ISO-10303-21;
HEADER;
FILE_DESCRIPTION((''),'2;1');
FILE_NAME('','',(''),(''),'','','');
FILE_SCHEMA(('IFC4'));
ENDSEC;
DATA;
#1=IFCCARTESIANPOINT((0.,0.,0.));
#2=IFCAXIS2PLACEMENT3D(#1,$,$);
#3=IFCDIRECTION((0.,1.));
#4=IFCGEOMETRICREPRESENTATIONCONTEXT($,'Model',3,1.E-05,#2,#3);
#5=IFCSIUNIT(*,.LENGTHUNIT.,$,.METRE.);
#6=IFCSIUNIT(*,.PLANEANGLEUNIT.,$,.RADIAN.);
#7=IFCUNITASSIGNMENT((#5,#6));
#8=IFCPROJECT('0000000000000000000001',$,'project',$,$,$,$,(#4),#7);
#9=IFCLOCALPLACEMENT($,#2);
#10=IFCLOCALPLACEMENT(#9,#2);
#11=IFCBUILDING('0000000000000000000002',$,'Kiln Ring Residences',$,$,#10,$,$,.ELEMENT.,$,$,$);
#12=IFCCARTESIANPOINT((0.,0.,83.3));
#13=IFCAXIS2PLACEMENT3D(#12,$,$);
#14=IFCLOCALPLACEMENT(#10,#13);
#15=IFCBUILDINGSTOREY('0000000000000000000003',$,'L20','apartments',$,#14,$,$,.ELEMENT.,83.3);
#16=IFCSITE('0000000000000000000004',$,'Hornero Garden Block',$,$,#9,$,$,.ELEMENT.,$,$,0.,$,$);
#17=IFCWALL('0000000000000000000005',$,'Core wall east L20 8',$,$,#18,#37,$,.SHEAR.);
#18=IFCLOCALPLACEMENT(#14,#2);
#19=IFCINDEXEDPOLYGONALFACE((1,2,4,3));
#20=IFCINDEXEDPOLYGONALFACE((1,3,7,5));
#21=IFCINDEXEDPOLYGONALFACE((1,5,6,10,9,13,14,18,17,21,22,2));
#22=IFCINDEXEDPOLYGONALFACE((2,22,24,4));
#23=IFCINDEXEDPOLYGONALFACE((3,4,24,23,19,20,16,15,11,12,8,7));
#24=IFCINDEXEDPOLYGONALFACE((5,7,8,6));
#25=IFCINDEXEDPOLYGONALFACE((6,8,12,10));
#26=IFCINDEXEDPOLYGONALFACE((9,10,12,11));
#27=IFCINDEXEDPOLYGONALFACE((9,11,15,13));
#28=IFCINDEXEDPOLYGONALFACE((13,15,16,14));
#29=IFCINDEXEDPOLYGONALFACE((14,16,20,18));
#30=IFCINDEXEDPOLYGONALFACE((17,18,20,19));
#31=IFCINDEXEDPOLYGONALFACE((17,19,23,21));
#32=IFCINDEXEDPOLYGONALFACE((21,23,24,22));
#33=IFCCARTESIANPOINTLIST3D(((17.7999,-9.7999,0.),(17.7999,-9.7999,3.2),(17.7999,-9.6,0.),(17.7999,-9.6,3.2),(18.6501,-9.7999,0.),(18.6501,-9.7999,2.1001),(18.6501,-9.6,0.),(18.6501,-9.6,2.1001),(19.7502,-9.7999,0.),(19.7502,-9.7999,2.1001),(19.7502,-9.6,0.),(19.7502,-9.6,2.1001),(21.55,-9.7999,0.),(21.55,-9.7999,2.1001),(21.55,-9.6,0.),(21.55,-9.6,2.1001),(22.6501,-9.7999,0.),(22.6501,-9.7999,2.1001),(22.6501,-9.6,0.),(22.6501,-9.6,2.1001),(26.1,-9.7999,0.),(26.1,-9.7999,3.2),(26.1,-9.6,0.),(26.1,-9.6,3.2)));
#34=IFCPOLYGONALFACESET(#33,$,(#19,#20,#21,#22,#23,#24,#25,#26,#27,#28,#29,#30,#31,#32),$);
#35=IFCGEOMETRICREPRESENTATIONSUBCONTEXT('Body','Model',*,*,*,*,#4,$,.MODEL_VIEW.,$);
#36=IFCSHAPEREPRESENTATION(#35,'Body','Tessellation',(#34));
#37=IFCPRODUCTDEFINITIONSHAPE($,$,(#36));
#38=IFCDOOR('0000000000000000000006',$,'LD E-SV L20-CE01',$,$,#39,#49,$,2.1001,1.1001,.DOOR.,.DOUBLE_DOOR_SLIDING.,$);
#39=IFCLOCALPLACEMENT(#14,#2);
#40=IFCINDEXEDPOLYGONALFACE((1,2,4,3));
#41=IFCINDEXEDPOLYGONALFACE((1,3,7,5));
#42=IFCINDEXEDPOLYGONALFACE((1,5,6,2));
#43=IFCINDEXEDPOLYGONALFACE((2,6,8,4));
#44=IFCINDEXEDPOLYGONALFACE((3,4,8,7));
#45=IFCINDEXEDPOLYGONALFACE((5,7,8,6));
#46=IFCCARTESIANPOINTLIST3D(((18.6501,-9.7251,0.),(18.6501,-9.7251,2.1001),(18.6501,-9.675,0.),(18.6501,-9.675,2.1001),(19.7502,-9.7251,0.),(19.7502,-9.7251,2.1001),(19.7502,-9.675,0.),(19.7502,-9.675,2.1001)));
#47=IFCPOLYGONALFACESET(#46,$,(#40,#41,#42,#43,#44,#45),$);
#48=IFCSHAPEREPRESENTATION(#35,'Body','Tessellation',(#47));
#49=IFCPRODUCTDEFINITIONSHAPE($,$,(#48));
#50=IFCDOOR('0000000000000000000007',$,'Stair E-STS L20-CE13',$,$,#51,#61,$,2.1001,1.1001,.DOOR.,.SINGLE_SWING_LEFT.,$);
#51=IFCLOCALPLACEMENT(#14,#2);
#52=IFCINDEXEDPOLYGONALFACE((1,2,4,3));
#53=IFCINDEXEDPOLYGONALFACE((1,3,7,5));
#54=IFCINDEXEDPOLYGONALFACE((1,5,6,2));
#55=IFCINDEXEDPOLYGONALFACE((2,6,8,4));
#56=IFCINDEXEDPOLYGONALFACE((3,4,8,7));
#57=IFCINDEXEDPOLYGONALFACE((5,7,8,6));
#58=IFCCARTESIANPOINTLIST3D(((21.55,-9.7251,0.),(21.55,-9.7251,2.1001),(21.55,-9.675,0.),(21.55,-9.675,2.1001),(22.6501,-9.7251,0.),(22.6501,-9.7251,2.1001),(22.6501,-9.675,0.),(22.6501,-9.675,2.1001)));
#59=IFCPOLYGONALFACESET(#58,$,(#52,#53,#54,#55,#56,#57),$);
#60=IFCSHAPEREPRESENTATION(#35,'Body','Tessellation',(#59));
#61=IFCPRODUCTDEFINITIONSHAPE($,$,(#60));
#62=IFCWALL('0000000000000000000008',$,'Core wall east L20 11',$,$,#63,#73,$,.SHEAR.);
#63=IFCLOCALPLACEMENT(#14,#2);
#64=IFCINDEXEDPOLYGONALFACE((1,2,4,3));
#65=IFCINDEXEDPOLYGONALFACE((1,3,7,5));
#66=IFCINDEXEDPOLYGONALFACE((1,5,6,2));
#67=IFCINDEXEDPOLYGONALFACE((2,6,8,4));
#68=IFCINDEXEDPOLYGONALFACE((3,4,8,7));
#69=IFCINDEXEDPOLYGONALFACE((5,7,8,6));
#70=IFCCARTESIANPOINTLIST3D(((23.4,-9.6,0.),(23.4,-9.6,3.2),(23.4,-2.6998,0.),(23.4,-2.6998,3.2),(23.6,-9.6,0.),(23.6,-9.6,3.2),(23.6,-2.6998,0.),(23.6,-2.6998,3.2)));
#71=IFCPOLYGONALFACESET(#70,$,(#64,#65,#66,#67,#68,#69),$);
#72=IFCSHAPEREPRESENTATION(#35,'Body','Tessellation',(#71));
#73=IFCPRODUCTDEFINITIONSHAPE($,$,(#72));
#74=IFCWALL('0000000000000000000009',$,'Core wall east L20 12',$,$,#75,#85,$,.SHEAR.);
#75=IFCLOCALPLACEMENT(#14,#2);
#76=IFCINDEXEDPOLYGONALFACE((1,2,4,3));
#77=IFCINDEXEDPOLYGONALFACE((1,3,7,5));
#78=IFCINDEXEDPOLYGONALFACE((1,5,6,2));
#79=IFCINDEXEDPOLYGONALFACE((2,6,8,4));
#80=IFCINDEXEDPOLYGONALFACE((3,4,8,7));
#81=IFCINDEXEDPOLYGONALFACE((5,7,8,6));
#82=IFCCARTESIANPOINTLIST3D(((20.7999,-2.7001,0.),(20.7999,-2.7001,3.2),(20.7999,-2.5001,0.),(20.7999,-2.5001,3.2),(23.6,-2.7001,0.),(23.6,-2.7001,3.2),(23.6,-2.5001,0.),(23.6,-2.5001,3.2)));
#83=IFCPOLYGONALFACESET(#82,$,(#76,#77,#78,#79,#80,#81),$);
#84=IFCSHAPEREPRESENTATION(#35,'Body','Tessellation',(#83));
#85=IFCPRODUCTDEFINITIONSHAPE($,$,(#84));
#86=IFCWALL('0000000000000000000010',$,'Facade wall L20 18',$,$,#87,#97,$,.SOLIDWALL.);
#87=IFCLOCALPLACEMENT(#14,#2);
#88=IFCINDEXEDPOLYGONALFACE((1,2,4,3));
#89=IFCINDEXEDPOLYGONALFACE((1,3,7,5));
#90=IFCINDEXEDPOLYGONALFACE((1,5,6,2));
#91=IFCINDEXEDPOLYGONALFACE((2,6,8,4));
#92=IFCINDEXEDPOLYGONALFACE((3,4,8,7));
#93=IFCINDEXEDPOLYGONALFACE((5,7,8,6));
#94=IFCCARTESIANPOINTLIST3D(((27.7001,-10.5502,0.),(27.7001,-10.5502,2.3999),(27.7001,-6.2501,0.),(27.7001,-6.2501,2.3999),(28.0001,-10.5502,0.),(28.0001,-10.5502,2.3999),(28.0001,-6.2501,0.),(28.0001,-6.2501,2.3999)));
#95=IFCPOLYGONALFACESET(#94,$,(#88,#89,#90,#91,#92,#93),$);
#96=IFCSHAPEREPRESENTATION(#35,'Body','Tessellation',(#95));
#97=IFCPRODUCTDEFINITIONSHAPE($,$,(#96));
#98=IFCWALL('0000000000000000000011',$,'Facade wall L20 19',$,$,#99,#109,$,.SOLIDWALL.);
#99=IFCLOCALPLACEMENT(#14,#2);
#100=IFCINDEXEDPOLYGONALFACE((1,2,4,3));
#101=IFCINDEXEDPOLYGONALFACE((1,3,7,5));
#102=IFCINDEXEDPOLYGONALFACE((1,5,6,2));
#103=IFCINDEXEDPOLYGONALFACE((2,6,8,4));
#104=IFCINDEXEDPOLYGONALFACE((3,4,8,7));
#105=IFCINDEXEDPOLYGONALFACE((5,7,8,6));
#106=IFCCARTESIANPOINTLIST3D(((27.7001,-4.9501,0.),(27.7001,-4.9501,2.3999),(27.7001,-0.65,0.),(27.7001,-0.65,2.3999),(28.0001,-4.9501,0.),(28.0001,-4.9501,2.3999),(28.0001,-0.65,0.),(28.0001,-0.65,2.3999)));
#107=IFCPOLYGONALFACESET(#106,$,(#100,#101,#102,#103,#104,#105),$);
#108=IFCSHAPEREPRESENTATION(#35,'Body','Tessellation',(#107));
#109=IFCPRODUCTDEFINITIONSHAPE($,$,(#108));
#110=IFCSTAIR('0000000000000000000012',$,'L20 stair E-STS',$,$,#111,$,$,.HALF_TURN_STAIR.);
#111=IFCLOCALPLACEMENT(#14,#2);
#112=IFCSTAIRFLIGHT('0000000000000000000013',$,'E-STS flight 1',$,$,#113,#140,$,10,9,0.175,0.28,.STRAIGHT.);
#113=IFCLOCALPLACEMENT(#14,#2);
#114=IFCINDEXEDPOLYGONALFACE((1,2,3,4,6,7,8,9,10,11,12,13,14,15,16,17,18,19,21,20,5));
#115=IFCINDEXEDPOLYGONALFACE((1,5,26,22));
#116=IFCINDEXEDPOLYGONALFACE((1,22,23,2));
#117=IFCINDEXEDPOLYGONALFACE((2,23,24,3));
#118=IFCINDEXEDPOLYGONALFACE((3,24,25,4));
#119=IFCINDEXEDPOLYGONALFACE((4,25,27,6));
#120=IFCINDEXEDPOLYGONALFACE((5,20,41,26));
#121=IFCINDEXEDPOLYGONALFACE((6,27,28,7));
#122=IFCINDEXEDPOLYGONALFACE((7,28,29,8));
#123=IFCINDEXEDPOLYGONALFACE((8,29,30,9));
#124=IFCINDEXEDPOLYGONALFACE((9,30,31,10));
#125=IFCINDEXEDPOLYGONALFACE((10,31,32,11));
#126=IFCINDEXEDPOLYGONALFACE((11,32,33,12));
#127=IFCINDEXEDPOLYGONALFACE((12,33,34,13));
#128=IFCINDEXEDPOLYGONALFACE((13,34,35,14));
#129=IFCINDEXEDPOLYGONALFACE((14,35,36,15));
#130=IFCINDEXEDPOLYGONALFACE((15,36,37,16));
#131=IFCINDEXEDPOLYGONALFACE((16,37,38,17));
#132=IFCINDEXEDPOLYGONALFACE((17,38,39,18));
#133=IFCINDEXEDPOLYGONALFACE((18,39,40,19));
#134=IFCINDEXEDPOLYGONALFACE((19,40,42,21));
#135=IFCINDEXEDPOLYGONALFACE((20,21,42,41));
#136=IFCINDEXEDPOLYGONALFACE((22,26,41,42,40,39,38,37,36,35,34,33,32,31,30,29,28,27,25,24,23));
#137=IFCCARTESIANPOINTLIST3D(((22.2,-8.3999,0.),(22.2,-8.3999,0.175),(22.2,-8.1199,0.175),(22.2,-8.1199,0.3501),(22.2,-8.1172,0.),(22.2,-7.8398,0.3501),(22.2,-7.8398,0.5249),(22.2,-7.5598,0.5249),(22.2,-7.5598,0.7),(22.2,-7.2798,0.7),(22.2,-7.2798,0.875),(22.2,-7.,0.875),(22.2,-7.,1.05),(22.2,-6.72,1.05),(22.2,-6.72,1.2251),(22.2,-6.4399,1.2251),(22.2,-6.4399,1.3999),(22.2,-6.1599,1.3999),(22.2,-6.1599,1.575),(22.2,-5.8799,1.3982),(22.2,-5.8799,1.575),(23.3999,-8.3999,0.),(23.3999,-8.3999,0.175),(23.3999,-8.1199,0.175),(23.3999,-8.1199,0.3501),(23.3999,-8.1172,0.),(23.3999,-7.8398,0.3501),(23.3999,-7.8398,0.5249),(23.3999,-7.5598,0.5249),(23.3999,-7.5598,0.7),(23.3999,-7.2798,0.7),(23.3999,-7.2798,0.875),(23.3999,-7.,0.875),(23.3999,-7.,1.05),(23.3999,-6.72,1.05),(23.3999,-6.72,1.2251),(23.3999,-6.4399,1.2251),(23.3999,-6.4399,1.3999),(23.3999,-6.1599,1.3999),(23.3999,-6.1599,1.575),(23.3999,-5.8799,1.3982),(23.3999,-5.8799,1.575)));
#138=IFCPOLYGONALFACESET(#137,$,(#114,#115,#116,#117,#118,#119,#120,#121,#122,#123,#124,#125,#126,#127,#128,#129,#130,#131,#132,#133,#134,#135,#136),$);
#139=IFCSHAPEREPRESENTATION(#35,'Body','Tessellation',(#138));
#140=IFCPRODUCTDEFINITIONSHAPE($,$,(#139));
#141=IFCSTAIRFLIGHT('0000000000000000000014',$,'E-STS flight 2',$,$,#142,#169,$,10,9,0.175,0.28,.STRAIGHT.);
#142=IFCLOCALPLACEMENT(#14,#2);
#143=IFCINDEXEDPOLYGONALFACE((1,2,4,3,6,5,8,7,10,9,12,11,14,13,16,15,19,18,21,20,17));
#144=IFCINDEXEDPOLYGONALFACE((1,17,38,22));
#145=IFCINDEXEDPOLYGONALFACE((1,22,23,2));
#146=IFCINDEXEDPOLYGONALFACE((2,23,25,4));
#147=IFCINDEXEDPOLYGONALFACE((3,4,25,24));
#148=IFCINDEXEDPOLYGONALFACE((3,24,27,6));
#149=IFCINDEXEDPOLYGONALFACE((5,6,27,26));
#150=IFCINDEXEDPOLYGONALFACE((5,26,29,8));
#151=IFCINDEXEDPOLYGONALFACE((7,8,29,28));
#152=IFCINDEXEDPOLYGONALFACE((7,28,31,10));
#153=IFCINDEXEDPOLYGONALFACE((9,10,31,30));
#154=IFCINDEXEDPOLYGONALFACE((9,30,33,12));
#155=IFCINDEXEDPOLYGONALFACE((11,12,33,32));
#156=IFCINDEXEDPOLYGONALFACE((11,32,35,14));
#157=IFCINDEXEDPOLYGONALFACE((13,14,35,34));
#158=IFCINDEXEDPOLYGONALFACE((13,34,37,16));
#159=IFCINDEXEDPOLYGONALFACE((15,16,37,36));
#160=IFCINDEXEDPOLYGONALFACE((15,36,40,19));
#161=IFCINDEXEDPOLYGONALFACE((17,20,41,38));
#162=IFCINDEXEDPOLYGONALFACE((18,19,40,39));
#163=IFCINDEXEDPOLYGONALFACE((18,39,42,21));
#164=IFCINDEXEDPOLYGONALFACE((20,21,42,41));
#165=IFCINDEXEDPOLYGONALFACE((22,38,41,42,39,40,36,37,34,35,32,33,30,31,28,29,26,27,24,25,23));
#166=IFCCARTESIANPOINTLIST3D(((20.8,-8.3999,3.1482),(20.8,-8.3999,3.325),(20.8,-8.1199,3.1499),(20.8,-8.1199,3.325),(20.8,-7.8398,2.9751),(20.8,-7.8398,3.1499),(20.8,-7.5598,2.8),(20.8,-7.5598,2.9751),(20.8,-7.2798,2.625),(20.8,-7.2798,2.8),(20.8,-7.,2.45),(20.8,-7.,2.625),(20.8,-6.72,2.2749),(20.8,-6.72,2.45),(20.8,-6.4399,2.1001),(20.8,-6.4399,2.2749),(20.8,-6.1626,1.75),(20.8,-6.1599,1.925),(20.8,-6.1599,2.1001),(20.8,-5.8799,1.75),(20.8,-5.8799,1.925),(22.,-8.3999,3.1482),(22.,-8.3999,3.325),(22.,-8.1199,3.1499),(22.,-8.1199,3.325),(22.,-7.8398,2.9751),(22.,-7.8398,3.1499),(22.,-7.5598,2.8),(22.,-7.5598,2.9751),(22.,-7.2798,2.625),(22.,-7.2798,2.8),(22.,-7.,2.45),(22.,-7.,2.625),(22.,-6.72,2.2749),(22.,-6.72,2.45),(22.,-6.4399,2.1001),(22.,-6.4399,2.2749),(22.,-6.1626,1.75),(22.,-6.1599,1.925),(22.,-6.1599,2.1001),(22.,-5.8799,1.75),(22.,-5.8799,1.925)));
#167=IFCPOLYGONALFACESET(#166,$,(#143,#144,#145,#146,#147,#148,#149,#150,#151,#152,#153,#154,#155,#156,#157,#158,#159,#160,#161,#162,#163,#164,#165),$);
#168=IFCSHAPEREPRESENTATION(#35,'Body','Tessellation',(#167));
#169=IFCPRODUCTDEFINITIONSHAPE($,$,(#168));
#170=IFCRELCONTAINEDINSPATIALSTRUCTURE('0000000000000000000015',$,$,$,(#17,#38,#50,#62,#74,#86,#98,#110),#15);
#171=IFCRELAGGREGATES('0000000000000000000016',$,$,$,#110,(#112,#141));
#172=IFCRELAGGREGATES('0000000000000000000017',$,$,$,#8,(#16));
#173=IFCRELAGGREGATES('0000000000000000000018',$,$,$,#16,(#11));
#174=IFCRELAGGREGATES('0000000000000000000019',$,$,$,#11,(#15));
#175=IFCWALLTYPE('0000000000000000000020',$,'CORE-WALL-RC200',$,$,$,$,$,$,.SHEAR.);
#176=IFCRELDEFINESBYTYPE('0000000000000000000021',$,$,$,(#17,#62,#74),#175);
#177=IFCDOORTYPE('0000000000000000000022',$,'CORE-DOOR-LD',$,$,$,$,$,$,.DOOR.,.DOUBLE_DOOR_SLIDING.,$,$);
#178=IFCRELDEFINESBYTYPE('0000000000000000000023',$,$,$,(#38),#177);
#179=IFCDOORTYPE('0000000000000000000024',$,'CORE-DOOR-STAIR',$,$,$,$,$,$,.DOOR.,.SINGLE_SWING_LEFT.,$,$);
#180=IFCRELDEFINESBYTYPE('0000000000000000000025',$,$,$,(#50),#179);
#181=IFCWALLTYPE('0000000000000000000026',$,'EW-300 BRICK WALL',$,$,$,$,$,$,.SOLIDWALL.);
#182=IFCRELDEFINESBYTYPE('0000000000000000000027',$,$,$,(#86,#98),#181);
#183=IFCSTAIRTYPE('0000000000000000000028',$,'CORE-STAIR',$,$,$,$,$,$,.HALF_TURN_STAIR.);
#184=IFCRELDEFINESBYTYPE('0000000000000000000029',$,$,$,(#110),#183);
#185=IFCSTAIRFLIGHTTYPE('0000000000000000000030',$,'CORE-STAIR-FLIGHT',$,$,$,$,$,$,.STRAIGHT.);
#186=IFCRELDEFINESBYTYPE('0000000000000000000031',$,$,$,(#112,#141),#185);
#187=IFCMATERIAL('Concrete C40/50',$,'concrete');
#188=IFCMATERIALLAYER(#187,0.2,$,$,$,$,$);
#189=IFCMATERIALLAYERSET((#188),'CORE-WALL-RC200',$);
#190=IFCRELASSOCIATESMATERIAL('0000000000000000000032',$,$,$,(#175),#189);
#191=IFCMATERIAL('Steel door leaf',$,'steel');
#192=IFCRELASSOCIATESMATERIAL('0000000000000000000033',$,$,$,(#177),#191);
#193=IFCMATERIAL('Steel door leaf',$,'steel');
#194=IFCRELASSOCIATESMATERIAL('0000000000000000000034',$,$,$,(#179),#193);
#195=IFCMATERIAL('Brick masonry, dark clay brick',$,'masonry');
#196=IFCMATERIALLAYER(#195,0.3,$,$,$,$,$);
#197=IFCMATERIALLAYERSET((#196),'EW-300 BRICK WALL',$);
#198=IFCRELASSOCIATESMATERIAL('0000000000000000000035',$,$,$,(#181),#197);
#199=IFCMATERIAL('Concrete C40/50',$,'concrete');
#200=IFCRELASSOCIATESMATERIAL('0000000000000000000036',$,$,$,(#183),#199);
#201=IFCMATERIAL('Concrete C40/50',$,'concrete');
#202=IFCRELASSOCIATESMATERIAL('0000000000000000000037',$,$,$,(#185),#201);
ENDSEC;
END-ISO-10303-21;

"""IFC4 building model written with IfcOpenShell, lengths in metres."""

from ifc_helpers import new_model, si_unit, direction, frame, frame_2d, origin, place, context, subcontext, project, spatial, polyline, rectangle, outline, extrude, material, layer, layer_set, type_object, element, fill, aggregate, save


model = new_model("IFC4")

# Units and contexts
model_context = context("Model", 3, precision=1e-05, world=origin(), true_north=direction((0.0, 1.0)))
body_context = subcontext(model_context, "Body", "Model", "MODEL_VIEW")
ifc_project = project(units=[si_unit("LENGTHUNIT", "METRE"), si_unit("PLANEANGLEUNIT", "RADIAN")], contexts=[model_context])

# Site, building, storey
site_placement = place(None, origin())
site = spatial("IfcSite", under=ifc_project, at=site_placement, Name="Hornero Garden Block", CompositionType="ELEMENT", RefElevation=0.0)
building_placement = place(site_placement, origin())
building = spatial("IfcBuilding", under=site, at=building_placement, Name="Kiln Ring Residences", CompositionType="ELEMENT")
storey_placement = place(building_placement, frame((0.0, 0.0, 83.3)))
storey = spatial("IfcBuildingStorey", under=building, at=storey_placement, Name="L20", Description="apartments", CompositionType="ELEMENT", Elevation=83.3)

# Shared definitions
ifc_material_1 = material(Name="Concrete C40/50", Category="concrete")
ifc_layer_1 = layer(ifc_material_1, 0.2)
ifc_layer_set_1 = layer_set([ifc_layer_1], Name="CORE-WALL-RC200")
wall_type_1 = type_object("IfcWallType", Name="CORE-WALL-RC200", PredefinedType="SHEAR", material=ifc_layer_set_1)

# Wall, openings, doors
wall_1_placement = place(storey_placement, frame((17.8, -9.7, 0.0), z_axis=(0.0, 0.0, 1.0), x_axis=(1.0, 0.0, 0.0)))
wall_1 = element("IfcWall", 1, at=wall_1_placement, inside=storey, type_object=wall_type_1, Name="Core wall east L20 8", PredefinedType="SHEAR", context=body_context, shape_type="SweptSolid", body=[
    extrude(rectangle(XDim=8.3, YDim=0.2, at=frame_2d((4.1499, 0.0))), origin(), (0.0, 0.0, 1.0), 3.2),
])
opening_1_placement = place(wall_1_placement, frame((0.8501, 0.0, 0.0)))
opening_1 = element("IfcOpeningElement", 2, at=opening_1_placement, cuts=wall_1, PredefinedType="OPENING", context=body_context, shape_type="SweptSolid", body=[
    extrude(rectangle(XDim=1.1001, YDim=2.1001, at=frame_2d((0.55, 1.05))), frame((0.0, 0.1099, 0.0), z_axis=(0.0, -1.0, 0.0), x_axis=(1.0, 0.0, 0.0)), (0.0, 0.0, 1.0), 0.22),
])
opening_2_placement = place(wall_1_placement, frame((3.75, 0.0, 0.0)))
opening_2 = element("IfcOpeningElement", 3, at=opening_2_placement, cuts=wall_1, PredefinedType="OPENING", context=body_context, shape_type="SweptSolid", body=[
    extrude(rectangle(XDim=1.1001, YDim=2.1001, at=frame_2d((0.55, 1.05))), frame((0.0, 0.1099, 0.0), z_axis=(0.0, -1.0, 0.0), x_axis=(1.0, 0.0, 0.0)), (0.0, 0.0, 1.0), 0.22),
])
ifc_material_2 = material(Name="Steel door leaf", Category="steel")
door_type_1 = type_object("IfcDoorType", Name="CORE-DOOR-LD", OperationType="DOUBLE_DOOR_SLIDING", PredefinedType="DOOR", material=ifc_material_2)
door_1_placement = place(opening_1_placement, origin())
door_1 = element("IfcDoor", 4, at=door_1_placement, inside=storey, type_object=door_type_1, Name="LD E-SV L20-CE01", OperationType="DOUBLE_DOOR_SLIDING", OverallHeight=2.1001, OverallWidth=1.1001, PredefinedType="DOOR", context=body_context, shape_type="SweptSolid", body=[
    extrude(rectangle(XDim=1.1001, YDim=2.1001, at=frame_2d((0.55, 1.05))), frame((0.0, 0.0249, 0.0), z_axis=(0.0, -1.0, 0.0), x_axis=(1.0, 0.0, 0.0)), (0.0, 0.0, 1.0), 0.05),
])
fill(opening_1, door_1)
ifc_material_3 = material(Name="Steel door leaf", Category="steel")
door_type_2 = type_object("IfcDoorType", Name="CORE-DOOR-STAIR", OperationType="SINGLE_SWING_LEFT", PredefinedType="DOOR", material=ifc_material_3)
door_2_placement = place(opening_2_placement, origin())
door_2 = element("IfcDoor", 5, at=door_2_placement, inside=storey, type_object=door_type_2, Name="Stair E-STS L20-CE13", OperationType="SINGLE_SWING_LEFT", OverallHeight=2.1001, OverallWidth=1.1001, PredefinedType="DOOR", context=body_context, shape_type="SweptSolid", body=[
    extrude(rectangle(XDim=1.1001, YDim=2.1001, at=frame_2d((0.55, 1.05))), frame((0.0, 0.0249, 0.0), z_axis=(0.0, -1.0, 0.0), x_axis=(1.0, 0.0, 0.0)), (0.0, 0.0, 1.0), 0.05),
])
fill(opening_2, door_2)

# Walls
wall_2_placement = place(storey_placement, frame((23.5, -9.6001, 0.0), z_axis=(0.0, 0.0, 1.0), x_axis=(0.0, 1.0, 0.0)))
element("IfcWall", 6, at=wall_2_placement, inside=storey, type_object=wall_type_1, Name="Core wall east L20 11", PredefinedType="SHEAR", context=body_context, shape_type="SweptSolid", body=[
    extrude(rectangle(XDim=6.9001, YDim=0.2, at=frame_2d((3.4502, 0.0))), origin(), (0.0, 0.0, 1.0), 3.2),
])
wall_3_placement = place(storey_placement, frame((20.8, -2.6001, 0.0), z_axis=(0.0, 0.0, 1.0), x_axis=(1.0, 0.0, 0.0)))
element("IfcWall", 7, at=wall_3_placement, inside=storey, type_object=wall_type_1, Name="Core wall east L20 12", PredefinedType="SHEAR", context=body_context, shape_type="SweptSolid", body=[
    extrude(rectangle(XDim=2.8, YDim=0.2, at=frame_2d((1.3999, 0.0))), origin(), (0.0, 0.0, 1.0), 3.2),
])
ifc_material_4 = material(Name="Brick masonry, dark clay brick", Category="masonry")
ifc_layer_2 = layer(ifc_material_4, 0.3)
ifc_layer_set_2 = layer_set([ifc_layer_2], Name="EW-300 BRICK WALL")
wall_type_2 = type_object("IfcWallType", Name="EW-300 BRICK WALL", PredefinedType="SOLIDWALL", material=ifc_layer_set_2)
for number, where, z_axis, x_axis, name in (
    (8, (27.8501, -10.55, 0.0), (0.0, 0.0, 1.0), (0.0, 1.0, 0.0), "Facade wall L20 18"),
    (9, (27.8501, -4.95, 0.0), (0.0, 0.0, 1.0), (0.0, 1.0, 0.0), "Facade wall L20 19"),
):
    element("IfcWall", number, at=place(storey_placement, frame(where, z_axis=z_axis, x_axis=x_axis)), inside=storey, type_object=wall_type_2, Name=name, PredefinedType="SOLIDWALL", context=body_context, shape_type="SweptSolid", body=[
        extrude(rectangle(XDim=4.3, YDim=0.3, at=frame_2d((2.1499, 0.0))), origin(), (0.0, 0.0, 1.0), 2.3999),
    ])

# Stair, stair flights
ifc_material_5 = material(Name="Concrete C40/50", Category="concrete")
stair_type = type_object("IfcStairType", Name="CORE-STAIR", PredefinedType="HALF_TURN_STAIR", material=ifc_material_5)
stair_placement = place(storey_placement, origin())
stair = element("IfcStair", 10, at=stair_placement, inside=storey, type_object=stair_type, Name="L20 stair E-STS", PredefinedType="HALF_TURN_STAIR")
ifc_material_6 = material(Name="Concrete C40/50", Category="concrete")
stair_flight_type = type_object("IfcStairFlightType", Name="CORE-STAIR-FLIGHT", PredefinedType="STRAIGHT", material=ifc_material_6)
stair_flight_1_placement = place(storey_placement, frame((22.8, -8.3999, 0.0), z_axis=(0.0, 0.0, 1.0), x_axis=(0.0, 1.0, 0.0)))
stair_flight_1 = element("IfcStairFlight", 11, at=stair_flight_1_placement, type_object=stair_flight_type, Name="E-STS flight 1", NumberOfRisers=10, NumberOfTreads=9, PredefinedType="STRAIGHT", RiserHeight=0.175, TreadLength=0.28, context=body_context, shape_type="SweptSolid", body=[
    extrude(outline(polyline([(0.0, 0.0), (0.0, 0.175), (0.28, 0.175), (0.28, 0.3501), (0.5601, 0.3501), (0.5601, 0.5249), (0.8401, 0.5249), (0.8401, 0.7), (1.1201, 0.7), (1.1201, 0.875), (1.3999, 0.875), (1.3999, 1.05), (1.6799, 1.05), (1.6799, 1.2251), (1.96, 1.2251), (1.96, 1.3999), (2.24, 1.3999), (2.24, 1.575), (2.52, 1.575), (2.52, 1.75), (2.52, 1.3982), (0.2827, 0.0), (0.0, 0.0)])), frame((0.0, 0.6001, 0.0), z_axis=(0.0, -1.0, 0.0), x_axis=(1.0, 0.0, 0.0)), (0.0, 0.0, 1.0), 1.2),
])
stair_flight_2_placement = place(storey_placement, frame((21.3999, -5.8799, 1.75), z_axis=(0.0, 0.0, 1.0), x_axis=(0.0, -1.0, 0.0)))
stair_flight_2 = element("IfcStairFlight", 12, at=stair_flight_2_placement, type_object=stair_flight_type, Name="E-STS flight 2", NumberOfRisers=10, NumberOfTreads=9, PredefinedType="STRAIGHT", RiserHeight=0.175, TreadLength=0.28, context=body_context, shape_type="SweptSolid", body=[
    extrude(outline(polyline([(0.0, 0.0), (0.0, 0.175), (0.28, 0.175), (0.28, 0.3501), (0.5601, 0.3501), (0.5601, 0.5249), (0.8401, 0.5249), (0.8401, 0.7), (1.1201, 0.7), (1.1201, 0.875), (1.3999, 0.875), (1.3999, 1.05), (1.6799, 1.05), (1.6799, 1.2251), (1.96, 1.2251), (1.96, 1.3999), (2.24, 1.3999), (2.24, 1.575), (2.52, 1.575), (2.52, 1.75), (2.52, 1.3982), (0.2827, 0.0), (0.0, 0.0)])), frame((0.0, 0.6001, 0.0), z_axis=(0.0, -1.0, 0.0), x_axis=(1.0, 0.0, 0.0)), (0.0, 0.0, 1.0), 1.2),
])
aggregate(stair, [stair_flight_1, stair_flight_2])

save(model, "model.ifc")
